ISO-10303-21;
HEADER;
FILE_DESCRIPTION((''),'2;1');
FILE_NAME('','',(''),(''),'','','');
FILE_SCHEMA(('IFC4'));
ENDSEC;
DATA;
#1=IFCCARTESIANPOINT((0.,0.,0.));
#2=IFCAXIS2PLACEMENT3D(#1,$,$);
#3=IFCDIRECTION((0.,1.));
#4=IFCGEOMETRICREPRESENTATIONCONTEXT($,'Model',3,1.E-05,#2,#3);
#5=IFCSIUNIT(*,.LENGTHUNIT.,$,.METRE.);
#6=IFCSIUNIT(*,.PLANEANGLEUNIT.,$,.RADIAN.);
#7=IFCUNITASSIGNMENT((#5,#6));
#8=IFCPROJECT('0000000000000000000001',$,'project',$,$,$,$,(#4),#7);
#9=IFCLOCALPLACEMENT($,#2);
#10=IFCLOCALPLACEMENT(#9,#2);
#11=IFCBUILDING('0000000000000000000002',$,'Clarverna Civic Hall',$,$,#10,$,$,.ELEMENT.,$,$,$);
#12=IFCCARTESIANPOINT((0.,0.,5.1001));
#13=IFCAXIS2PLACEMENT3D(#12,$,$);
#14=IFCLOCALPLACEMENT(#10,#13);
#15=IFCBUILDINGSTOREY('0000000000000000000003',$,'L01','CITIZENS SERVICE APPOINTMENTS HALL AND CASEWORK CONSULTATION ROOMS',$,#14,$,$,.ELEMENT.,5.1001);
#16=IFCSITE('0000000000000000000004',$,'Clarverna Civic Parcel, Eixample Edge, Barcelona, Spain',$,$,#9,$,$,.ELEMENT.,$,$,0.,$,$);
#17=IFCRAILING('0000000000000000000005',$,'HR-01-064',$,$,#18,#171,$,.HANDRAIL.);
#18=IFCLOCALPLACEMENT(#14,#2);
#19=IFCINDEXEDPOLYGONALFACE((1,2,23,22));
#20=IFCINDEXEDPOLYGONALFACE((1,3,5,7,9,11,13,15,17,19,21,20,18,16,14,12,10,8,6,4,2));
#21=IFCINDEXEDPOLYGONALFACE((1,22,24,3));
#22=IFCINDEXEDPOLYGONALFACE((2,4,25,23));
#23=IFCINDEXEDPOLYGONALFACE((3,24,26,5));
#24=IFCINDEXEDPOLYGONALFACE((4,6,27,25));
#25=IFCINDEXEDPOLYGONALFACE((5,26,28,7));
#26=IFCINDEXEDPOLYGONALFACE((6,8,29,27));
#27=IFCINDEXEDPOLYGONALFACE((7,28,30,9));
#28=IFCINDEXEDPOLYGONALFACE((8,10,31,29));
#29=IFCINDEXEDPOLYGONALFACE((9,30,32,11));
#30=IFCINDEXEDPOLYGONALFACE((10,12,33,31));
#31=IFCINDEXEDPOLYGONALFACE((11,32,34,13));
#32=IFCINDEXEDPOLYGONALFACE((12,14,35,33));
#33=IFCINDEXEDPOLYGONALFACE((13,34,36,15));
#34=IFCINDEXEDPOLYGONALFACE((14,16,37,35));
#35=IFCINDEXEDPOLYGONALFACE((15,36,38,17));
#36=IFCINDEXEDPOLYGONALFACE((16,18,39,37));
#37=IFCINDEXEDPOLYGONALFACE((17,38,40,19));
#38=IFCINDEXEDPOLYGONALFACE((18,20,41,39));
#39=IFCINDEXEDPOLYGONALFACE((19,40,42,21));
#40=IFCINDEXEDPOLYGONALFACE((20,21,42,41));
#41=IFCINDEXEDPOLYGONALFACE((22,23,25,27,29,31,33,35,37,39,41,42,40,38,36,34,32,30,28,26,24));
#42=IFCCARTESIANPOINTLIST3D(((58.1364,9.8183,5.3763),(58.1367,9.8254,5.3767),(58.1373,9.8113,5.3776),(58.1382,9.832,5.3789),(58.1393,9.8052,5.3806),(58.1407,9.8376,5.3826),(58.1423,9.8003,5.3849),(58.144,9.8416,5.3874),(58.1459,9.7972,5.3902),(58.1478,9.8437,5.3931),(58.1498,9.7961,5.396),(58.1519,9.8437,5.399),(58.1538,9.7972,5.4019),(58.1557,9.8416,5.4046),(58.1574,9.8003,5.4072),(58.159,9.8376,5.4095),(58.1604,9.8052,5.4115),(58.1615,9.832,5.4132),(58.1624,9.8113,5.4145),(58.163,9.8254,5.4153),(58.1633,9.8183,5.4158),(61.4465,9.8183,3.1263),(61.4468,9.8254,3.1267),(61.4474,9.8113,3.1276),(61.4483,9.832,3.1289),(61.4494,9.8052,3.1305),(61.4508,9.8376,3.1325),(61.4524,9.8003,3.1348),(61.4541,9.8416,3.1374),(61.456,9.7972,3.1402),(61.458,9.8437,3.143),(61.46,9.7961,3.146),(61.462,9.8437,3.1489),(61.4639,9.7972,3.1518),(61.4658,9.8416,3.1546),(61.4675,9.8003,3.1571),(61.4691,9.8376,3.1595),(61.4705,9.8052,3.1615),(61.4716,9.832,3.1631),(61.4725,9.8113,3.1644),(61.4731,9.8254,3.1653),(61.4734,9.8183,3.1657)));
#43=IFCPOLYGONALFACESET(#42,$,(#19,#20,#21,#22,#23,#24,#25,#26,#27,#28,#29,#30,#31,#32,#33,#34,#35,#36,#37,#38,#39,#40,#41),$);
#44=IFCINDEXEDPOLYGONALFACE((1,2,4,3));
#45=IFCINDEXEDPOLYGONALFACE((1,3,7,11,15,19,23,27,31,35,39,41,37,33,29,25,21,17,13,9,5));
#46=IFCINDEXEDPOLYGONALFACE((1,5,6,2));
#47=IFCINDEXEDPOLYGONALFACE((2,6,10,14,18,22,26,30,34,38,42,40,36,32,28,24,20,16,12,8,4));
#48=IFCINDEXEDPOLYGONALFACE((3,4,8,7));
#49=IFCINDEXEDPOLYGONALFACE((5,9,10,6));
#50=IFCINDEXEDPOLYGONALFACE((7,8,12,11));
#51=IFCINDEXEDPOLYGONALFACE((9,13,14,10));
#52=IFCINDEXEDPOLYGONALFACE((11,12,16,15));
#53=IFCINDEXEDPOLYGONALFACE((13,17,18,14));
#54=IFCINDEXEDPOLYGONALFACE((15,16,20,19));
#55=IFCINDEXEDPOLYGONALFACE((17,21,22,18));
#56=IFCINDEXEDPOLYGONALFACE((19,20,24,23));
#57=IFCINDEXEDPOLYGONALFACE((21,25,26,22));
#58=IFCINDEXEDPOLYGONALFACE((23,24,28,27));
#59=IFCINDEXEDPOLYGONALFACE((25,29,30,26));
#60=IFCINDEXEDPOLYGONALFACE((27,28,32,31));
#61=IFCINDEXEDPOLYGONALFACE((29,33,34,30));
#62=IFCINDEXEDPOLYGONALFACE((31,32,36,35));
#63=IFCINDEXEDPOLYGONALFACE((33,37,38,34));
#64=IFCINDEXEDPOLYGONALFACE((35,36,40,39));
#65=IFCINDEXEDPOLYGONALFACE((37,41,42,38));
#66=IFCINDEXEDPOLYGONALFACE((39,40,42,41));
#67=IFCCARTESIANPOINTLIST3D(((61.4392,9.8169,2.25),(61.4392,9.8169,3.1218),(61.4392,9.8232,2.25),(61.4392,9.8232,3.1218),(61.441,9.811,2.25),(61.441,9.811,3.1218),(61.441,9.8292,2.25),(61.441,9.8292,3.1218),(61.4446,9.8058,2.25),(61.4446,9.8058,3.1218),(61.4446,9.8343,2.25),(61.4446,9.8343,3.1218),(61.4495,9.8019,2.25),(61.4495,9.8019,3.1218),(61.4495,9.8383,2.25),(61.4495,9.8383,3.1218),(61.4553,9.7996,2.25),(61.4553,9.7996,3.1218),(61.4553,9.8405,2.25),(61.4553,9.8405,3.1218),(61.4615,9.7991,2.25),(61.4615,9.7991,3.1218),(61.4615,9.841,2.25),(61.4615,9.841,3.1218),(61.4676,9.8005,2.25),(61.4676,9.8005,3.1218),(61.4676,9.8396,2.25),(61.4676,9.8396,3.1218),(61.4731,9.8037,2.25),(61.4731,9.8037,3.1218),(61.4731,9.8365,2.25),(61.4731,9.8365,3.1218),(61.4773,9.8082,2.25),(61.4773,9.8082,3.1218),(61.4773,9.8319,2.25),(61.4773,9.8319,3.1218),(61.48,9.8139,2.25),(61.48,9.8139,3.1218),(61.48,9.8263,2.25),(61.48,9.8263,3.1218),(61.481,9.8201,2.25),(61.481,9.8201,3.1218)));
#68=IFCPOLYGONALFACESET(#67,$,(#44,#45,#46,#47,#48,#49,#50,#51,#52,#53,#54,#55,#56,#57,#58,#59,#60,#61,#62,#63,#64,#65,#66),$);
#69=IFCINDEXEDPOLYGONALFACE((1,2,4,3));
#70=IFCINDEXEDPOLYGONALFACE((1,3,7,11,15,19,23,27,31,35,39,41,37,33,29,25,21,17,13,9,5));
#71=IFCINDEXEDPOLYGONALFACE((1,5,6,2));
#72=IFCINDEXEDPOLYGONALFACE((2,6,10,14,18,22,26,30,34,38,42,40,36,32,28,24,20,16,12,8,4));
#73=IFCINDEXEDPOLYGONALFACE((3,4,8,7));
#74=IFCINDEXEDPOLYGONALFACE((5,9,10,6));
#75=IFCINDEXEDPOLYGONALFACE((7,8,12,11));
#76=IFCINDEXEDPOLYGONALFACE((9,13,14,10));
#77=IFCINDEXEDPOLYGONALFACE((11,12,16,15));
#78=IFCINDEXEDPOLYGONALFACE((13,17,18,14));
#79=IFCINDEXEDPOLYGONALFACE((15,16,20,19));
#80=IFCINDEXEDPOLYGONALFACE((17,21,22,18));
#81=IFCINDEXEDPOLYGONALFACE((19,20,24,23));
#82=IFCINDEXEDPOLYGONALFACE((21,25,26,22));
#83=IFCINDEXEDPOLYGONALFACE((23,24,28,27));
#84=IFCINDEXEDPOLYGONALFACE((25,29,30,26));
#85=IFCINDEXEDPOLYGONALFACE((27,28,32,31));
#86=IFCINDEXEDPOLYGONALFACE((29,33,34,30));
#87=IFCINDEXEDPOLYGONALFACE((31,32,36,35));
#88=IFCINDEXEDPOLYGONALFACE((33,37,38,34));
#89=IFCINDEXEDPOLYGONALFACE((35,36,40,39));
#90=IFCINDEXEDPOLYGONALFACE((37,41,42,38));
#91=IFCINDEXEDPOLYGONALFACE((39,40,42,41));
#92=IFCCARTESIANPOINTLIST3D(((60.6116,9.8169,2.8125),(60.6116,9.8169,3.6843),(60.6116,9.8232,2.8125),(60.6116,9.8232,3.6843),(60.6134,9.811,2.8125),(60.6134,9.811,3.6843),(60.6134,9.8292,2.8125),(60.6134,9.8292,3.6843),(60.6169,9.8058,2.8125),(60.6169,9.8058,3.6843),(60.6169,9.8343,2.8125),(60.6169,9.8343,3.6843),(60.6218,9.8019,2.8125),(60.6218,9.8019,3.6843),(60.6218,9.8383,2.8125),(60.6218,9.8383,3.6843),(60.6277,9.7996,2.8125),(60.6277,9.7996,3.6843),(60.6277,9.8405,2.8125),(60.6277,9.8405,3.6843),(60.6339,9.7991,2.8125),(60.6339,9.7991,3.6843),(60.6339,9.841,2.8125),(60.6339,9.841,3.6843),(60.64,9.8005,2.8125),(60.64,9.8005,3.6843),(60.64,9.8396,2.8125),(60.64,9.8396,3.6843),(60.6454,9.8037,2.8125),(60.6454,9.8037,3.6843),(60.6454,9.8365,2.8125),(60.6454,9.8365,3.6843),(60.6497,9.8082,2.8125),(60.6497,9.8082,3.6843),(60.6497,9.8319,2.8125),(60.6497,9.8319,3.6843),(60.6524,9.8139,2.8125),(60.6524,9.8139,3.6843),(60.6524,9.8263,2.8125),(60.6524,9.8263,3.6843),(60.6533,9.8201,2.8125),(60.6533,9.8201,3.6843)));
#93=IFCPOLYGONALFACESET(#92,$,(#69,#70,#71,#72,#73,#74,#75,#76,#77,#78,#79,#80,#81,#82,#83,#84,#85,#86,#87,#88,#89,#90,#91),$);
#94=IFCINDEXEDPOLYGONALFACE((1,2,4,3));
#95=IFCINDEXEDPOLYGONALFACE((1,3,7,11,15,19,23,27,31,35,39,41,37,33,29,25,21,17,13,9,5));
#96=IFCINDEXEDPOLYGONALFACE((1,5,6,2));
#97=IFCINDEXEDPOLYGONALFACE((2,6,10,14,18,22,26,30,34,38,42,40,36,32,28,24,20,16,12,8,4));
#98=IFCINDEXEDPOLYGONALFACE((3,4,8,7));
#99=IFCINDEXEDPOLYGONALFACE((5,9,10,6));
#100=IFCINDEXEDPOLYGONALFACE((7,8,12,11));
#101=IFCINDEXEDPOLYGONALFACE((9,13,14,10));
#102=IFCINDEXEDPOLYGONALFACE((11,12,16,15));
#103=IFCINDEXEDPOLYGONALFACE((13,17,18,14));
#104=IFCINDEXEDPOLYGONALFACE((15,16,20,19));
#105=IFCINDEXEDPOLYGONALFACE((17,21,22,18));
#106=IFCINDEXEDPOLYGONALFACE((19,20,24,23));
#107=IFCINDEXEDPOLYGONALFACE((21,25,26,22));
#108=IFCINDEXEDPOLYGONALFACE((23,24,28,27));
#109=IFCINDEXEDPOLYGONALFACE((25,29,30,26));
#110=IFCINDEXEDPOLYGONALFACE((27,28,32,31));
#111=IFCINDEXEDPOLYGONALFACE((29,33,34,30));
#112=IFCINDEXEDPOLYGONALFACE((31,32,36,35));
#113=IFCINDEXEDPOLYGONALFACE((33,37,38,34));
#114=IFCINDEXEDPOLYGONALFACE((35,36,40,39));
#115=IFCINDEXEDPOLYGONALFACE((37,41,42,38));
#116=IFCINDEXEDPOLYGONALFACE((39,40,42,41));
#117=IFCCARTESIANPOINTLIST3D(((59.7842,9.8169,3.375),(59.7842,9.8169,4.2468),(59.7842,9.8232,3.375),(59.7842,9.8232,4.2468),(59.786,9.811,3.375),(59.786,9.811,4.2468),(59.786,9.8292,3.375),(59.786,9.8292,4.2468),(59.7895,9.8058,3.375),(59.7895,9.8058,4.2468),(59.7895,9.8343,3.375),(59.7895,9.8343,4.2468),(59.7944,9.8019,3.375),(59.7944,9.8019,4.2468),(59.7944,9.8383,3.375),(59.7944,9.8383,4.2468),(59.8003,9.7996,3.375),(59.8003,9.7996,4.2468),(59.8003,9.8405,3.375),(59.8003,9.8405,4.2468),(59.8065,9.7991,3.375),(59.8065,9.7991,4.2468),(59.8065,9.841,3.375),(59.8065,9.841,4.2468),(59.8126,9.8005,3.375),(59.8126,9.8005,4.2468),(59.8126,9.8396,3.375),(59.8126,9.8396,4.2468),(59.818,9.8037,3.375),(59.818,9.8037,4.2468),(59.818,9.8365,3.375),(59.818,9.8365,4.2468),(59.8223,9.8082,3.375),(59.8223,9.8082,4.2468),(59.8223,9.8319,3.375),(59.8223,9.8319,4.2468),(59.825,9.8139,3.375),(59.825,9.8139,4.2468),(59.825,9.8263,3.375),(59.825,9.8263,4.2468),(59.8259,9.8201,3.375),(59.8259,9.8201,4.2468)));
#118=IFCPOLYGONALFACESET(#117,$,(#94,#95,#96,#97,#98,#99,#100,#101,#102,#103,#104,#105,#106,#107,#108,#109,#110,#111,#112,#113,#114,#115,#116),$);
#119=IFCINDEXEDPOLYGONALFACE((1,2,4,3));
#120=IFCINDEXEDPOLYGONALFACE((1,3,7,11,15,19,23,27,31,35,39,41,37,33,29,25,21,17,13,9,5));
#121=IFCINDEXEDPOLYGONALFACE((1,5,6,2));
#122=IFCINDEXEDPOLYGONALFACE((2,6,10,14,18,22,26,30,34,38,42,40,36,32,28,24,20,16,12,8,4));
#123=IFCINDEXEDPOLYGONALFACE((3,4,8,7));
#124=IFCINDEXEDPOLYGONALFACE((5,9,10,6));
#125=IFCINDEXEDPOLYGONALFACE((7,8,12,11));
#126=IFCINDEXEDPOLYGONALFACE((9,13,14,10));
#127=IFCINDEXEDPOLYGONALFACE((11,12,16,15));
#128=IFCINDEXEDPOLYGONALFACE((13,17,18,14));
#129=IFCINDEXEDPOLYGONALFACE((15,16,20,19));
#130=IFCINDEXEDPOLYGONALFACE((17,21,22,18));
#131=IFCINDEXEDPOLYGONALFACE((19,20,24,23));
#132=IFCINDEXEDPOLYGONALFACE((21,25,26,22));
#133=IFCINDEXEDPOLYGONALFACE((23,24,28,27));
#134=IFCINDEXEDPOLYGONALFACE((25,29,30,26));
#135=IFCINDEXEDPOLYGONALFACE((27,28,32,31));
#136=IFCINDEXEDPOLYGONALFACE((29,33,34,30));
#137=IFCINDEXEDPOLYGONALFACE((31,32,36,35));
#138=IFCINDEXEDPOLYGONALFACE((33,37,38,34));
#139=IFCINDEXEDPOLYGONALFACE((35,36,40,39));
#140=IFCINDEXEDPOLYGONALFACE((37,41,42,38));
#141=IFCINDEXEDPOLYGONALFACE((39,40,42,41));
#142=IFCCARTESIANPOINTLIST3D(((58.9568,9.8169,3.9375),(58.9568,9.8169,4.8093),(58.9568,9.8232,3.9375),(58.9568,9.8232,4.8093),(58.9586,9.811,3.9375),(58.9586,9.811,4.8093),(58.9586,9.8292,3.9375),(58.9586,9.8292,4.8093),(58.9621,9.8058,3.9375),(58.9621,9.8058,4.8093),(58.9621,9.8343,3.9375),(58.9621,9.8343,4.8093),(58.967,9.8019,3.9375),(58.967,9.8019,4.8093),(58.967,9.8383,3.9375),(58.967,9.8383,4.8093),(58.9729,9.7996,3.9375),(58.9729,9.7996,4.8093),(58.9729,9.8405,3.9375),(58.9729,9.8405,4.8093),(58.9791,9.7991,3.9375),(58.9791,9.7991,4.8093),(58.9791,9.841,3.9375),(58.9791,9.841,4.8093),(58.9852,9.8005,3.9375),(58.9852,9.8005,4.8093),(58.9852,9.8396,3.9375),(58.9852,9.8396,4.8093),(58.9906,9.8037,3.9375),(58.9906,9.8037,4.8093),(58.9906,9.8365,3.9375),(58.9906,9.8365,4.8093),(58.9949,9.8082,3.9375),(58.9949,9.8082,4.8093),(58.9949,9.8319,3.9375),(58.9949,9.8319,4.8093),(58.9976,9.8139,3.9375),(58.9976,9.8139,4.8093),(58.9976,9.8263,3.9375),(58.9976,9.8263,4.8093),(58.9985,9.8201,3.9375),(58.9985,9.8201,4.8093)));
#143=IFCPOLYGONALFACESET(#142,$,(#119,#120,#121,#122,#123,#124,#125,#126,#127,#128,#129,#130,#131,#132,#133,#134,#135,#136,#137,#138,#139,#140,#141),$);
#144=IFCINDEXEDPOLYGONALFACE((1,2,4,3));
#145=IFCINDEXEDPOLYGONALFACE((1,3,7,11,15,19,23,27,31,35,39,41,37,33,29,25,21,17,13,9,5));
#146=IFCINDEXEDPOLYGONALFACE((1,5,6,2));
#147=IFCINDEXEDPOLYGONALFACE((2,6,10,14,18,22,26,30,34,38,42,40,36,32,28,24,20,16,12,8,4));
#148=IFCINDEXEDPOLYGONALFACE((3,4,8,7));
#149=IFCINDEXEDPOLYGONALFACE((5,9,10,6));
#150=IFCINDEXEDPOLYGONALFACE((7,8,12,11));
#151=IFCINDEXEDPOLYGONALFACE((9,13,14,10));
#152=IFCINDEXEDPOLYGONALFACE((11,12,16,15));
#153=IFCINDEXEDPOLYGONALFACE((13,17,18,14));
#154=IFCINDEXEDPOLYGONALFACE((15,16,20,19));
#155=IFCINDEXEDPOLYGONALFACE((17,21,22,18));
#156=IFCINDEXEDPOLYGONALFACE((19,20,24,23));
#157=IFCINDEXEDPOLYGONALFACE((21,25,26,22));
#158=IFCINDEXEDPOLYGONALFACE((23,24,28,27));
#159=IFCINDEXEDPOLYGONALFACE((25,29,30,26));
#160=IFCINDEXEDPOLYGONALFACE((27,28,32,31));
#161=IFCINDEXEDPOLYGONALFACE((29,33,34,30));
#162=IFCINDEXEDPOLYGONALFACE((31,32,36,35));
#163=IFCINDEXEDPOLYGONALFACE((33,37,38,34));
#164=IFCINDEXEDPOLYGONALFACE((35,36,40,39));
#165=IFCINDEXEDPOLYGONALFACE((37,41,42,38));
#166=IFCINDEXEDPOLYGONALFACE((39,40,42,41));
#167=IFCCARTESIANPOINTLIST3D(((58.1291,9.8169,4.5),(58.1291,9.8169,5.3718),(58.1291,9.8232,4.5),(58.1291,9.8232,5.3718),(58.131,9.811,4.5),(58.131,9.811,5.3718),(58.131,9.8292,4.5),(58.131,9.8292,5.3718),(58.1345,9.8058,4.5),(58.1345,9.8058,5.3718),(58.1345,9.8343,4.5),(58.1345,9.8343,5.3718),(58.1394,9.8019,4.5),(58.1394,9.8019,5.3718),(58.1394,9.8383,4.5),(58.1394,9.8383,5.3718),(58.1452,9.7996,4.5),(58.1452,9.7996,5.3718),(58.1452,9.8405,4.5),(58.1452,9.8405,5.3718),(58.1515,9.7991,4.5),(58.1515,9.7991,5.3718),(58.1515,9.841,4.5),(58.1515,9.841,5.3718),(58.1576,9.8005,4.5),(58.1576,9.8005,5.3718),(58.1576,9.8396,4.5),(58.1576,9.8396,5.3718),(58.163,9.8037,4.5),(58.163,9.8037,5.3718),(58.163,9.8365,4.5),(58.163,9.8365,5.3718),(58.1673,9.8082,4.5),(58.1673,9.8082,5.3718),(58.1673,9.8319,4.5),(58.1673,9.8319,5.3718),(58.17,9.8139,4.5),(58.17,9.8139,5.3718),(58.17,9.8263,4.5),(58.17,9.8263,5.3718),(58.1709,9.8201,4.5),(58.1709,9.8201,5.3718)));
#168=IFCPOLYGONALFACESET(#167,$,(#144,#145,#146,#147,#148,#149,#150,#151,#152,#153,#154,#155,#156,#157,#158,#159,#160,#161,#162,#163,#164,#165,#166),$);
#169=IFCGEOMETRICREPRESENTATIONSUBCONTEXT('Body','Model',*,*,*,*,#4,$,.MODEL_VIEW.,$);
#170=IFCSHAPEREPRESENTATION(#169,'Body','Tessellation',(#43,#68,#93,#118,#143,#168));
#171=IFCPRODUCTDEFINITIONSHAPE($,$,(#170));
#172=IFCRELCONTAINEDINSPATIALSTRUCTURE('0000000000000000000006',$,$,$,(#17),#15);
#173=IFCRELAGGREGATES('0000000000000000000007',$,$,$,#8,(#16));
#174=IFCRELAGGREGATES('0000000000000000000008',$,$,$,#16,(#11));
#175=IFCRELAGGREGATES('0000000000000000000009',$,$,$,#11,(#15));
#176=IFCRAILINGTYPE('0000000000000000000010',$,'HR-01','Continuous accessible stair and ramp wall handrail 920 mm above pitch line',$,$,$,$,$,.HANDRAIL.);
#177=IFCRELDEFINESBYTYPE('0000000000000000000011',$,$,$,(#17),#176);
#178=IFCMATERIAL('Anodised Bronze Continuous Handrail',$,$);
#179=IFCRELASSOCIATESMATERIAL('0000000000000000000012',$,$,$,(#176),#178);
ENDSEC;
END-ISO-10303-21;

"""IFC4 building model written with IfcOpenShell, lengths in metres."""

from ifc_helpers import new_model, si_unit, direction, frame, origin, origin_2d, place, context, subcontext, project, spatial, circle, extrude, material, type_object, element, save


model = new_model("IFC4")

# Units and contexts
model_context = context("Model", 3, precision=1e-05, world=origin(), true_north=direction((0.0, 1.0)))
body_context = subcontext(model_context, "Body", "Model", "MODEL_VIEW")
ifc_project = project(units=[si_unit("LENGTHUNIT", "METRE"), si_unit("PLANEANGLEUNIT", "RADIAN")], contexts=[model_context])

# Site, building, storey
site_placement = place(None, origin())
site = spatial("IfcSite", under=ifc_project, at=site_placement, Name="Clarverna Civic Parcel, Eixample Edge, Barcelona, Spain", CompositionType="ELEMENT", RefElevation=0.0)
building_placement = place(site_placement, origin())
building = spatial("IfcBuilding", under=site, at=building_placement, Name="Clarverna Civic Hall", CompositionType="ELEMENT")
storey_placement = place(building_placement, frame((0.0, 0.0, 5.1001)))
storey = spatial("IfcBuildingStorey", under=building, at=storey_placement, Name="L01", Description="CITIZENS SERVICE APPOINTMENTS HALL AND CASEWORK CONSULTATION ROOMS", CompositionType="ELEMENT", Elevation=5.1001)

# Railing
ifc_material_1 = material(Name="Anodised Bronze Continuous Handrail")
railing_type_1 = type_object("IfcRailingType", Name="HR-01", Description="Continuous accessible stair and ramp wall handrail 920 mm above pitch line", PredefinedType="HANDRAIL", material=ifc_material_1)
railing_1_placement = place(storey_placement, frame((61.46, 9.8201, 2.25)))
element("IfcRailing", 1, at=railing_1_placement, inside=storey, type_object=railing_type_1, Name="HR-01-064", PredefinedType="HANDRAIL", context=body_context, shape_type="SweptSolid", body=[
    extrude(circle(Radius=0.0239, at=origin_2d()), frame((0.0, 0.0, 0.896), z_axis=(-0.827024, 0.0, 0.562167), x_axis=(0.0, -1.0, 0.0)), (0.0, 0.0, 1.0), 4.0024),
    extrude(circle(Radius=0.021, at=origin_2d()), origin(), (0.0, 0.0, 1.0), 0.8718),
    extrude(circle(Radius=0.021, at=origin_2d()), frame((-0.8276, 0.0, 0.5625)), (0.0, 0.0, 1.0), 0.8718),
    extrude(circle(Radius=0.021, at=origin_2d()), frame((-1.655, 0.0, 1.125)), (0.0, 0.0, 1.0), 0.8718),
    extrude(circle(Radius=0.021, at=origin_2d()), frame((-2.4824, 0.0, 1.6875)), (0.0, 0.0, 1.0), 0.8718),
    extrude(circle(Radius=0.021, at=origin_2d()), frame((-3.3101, 0.0, 2.25)), (0.0, 0.0, 1.0), 0.8718),
])

save(model, "model.ifc")
